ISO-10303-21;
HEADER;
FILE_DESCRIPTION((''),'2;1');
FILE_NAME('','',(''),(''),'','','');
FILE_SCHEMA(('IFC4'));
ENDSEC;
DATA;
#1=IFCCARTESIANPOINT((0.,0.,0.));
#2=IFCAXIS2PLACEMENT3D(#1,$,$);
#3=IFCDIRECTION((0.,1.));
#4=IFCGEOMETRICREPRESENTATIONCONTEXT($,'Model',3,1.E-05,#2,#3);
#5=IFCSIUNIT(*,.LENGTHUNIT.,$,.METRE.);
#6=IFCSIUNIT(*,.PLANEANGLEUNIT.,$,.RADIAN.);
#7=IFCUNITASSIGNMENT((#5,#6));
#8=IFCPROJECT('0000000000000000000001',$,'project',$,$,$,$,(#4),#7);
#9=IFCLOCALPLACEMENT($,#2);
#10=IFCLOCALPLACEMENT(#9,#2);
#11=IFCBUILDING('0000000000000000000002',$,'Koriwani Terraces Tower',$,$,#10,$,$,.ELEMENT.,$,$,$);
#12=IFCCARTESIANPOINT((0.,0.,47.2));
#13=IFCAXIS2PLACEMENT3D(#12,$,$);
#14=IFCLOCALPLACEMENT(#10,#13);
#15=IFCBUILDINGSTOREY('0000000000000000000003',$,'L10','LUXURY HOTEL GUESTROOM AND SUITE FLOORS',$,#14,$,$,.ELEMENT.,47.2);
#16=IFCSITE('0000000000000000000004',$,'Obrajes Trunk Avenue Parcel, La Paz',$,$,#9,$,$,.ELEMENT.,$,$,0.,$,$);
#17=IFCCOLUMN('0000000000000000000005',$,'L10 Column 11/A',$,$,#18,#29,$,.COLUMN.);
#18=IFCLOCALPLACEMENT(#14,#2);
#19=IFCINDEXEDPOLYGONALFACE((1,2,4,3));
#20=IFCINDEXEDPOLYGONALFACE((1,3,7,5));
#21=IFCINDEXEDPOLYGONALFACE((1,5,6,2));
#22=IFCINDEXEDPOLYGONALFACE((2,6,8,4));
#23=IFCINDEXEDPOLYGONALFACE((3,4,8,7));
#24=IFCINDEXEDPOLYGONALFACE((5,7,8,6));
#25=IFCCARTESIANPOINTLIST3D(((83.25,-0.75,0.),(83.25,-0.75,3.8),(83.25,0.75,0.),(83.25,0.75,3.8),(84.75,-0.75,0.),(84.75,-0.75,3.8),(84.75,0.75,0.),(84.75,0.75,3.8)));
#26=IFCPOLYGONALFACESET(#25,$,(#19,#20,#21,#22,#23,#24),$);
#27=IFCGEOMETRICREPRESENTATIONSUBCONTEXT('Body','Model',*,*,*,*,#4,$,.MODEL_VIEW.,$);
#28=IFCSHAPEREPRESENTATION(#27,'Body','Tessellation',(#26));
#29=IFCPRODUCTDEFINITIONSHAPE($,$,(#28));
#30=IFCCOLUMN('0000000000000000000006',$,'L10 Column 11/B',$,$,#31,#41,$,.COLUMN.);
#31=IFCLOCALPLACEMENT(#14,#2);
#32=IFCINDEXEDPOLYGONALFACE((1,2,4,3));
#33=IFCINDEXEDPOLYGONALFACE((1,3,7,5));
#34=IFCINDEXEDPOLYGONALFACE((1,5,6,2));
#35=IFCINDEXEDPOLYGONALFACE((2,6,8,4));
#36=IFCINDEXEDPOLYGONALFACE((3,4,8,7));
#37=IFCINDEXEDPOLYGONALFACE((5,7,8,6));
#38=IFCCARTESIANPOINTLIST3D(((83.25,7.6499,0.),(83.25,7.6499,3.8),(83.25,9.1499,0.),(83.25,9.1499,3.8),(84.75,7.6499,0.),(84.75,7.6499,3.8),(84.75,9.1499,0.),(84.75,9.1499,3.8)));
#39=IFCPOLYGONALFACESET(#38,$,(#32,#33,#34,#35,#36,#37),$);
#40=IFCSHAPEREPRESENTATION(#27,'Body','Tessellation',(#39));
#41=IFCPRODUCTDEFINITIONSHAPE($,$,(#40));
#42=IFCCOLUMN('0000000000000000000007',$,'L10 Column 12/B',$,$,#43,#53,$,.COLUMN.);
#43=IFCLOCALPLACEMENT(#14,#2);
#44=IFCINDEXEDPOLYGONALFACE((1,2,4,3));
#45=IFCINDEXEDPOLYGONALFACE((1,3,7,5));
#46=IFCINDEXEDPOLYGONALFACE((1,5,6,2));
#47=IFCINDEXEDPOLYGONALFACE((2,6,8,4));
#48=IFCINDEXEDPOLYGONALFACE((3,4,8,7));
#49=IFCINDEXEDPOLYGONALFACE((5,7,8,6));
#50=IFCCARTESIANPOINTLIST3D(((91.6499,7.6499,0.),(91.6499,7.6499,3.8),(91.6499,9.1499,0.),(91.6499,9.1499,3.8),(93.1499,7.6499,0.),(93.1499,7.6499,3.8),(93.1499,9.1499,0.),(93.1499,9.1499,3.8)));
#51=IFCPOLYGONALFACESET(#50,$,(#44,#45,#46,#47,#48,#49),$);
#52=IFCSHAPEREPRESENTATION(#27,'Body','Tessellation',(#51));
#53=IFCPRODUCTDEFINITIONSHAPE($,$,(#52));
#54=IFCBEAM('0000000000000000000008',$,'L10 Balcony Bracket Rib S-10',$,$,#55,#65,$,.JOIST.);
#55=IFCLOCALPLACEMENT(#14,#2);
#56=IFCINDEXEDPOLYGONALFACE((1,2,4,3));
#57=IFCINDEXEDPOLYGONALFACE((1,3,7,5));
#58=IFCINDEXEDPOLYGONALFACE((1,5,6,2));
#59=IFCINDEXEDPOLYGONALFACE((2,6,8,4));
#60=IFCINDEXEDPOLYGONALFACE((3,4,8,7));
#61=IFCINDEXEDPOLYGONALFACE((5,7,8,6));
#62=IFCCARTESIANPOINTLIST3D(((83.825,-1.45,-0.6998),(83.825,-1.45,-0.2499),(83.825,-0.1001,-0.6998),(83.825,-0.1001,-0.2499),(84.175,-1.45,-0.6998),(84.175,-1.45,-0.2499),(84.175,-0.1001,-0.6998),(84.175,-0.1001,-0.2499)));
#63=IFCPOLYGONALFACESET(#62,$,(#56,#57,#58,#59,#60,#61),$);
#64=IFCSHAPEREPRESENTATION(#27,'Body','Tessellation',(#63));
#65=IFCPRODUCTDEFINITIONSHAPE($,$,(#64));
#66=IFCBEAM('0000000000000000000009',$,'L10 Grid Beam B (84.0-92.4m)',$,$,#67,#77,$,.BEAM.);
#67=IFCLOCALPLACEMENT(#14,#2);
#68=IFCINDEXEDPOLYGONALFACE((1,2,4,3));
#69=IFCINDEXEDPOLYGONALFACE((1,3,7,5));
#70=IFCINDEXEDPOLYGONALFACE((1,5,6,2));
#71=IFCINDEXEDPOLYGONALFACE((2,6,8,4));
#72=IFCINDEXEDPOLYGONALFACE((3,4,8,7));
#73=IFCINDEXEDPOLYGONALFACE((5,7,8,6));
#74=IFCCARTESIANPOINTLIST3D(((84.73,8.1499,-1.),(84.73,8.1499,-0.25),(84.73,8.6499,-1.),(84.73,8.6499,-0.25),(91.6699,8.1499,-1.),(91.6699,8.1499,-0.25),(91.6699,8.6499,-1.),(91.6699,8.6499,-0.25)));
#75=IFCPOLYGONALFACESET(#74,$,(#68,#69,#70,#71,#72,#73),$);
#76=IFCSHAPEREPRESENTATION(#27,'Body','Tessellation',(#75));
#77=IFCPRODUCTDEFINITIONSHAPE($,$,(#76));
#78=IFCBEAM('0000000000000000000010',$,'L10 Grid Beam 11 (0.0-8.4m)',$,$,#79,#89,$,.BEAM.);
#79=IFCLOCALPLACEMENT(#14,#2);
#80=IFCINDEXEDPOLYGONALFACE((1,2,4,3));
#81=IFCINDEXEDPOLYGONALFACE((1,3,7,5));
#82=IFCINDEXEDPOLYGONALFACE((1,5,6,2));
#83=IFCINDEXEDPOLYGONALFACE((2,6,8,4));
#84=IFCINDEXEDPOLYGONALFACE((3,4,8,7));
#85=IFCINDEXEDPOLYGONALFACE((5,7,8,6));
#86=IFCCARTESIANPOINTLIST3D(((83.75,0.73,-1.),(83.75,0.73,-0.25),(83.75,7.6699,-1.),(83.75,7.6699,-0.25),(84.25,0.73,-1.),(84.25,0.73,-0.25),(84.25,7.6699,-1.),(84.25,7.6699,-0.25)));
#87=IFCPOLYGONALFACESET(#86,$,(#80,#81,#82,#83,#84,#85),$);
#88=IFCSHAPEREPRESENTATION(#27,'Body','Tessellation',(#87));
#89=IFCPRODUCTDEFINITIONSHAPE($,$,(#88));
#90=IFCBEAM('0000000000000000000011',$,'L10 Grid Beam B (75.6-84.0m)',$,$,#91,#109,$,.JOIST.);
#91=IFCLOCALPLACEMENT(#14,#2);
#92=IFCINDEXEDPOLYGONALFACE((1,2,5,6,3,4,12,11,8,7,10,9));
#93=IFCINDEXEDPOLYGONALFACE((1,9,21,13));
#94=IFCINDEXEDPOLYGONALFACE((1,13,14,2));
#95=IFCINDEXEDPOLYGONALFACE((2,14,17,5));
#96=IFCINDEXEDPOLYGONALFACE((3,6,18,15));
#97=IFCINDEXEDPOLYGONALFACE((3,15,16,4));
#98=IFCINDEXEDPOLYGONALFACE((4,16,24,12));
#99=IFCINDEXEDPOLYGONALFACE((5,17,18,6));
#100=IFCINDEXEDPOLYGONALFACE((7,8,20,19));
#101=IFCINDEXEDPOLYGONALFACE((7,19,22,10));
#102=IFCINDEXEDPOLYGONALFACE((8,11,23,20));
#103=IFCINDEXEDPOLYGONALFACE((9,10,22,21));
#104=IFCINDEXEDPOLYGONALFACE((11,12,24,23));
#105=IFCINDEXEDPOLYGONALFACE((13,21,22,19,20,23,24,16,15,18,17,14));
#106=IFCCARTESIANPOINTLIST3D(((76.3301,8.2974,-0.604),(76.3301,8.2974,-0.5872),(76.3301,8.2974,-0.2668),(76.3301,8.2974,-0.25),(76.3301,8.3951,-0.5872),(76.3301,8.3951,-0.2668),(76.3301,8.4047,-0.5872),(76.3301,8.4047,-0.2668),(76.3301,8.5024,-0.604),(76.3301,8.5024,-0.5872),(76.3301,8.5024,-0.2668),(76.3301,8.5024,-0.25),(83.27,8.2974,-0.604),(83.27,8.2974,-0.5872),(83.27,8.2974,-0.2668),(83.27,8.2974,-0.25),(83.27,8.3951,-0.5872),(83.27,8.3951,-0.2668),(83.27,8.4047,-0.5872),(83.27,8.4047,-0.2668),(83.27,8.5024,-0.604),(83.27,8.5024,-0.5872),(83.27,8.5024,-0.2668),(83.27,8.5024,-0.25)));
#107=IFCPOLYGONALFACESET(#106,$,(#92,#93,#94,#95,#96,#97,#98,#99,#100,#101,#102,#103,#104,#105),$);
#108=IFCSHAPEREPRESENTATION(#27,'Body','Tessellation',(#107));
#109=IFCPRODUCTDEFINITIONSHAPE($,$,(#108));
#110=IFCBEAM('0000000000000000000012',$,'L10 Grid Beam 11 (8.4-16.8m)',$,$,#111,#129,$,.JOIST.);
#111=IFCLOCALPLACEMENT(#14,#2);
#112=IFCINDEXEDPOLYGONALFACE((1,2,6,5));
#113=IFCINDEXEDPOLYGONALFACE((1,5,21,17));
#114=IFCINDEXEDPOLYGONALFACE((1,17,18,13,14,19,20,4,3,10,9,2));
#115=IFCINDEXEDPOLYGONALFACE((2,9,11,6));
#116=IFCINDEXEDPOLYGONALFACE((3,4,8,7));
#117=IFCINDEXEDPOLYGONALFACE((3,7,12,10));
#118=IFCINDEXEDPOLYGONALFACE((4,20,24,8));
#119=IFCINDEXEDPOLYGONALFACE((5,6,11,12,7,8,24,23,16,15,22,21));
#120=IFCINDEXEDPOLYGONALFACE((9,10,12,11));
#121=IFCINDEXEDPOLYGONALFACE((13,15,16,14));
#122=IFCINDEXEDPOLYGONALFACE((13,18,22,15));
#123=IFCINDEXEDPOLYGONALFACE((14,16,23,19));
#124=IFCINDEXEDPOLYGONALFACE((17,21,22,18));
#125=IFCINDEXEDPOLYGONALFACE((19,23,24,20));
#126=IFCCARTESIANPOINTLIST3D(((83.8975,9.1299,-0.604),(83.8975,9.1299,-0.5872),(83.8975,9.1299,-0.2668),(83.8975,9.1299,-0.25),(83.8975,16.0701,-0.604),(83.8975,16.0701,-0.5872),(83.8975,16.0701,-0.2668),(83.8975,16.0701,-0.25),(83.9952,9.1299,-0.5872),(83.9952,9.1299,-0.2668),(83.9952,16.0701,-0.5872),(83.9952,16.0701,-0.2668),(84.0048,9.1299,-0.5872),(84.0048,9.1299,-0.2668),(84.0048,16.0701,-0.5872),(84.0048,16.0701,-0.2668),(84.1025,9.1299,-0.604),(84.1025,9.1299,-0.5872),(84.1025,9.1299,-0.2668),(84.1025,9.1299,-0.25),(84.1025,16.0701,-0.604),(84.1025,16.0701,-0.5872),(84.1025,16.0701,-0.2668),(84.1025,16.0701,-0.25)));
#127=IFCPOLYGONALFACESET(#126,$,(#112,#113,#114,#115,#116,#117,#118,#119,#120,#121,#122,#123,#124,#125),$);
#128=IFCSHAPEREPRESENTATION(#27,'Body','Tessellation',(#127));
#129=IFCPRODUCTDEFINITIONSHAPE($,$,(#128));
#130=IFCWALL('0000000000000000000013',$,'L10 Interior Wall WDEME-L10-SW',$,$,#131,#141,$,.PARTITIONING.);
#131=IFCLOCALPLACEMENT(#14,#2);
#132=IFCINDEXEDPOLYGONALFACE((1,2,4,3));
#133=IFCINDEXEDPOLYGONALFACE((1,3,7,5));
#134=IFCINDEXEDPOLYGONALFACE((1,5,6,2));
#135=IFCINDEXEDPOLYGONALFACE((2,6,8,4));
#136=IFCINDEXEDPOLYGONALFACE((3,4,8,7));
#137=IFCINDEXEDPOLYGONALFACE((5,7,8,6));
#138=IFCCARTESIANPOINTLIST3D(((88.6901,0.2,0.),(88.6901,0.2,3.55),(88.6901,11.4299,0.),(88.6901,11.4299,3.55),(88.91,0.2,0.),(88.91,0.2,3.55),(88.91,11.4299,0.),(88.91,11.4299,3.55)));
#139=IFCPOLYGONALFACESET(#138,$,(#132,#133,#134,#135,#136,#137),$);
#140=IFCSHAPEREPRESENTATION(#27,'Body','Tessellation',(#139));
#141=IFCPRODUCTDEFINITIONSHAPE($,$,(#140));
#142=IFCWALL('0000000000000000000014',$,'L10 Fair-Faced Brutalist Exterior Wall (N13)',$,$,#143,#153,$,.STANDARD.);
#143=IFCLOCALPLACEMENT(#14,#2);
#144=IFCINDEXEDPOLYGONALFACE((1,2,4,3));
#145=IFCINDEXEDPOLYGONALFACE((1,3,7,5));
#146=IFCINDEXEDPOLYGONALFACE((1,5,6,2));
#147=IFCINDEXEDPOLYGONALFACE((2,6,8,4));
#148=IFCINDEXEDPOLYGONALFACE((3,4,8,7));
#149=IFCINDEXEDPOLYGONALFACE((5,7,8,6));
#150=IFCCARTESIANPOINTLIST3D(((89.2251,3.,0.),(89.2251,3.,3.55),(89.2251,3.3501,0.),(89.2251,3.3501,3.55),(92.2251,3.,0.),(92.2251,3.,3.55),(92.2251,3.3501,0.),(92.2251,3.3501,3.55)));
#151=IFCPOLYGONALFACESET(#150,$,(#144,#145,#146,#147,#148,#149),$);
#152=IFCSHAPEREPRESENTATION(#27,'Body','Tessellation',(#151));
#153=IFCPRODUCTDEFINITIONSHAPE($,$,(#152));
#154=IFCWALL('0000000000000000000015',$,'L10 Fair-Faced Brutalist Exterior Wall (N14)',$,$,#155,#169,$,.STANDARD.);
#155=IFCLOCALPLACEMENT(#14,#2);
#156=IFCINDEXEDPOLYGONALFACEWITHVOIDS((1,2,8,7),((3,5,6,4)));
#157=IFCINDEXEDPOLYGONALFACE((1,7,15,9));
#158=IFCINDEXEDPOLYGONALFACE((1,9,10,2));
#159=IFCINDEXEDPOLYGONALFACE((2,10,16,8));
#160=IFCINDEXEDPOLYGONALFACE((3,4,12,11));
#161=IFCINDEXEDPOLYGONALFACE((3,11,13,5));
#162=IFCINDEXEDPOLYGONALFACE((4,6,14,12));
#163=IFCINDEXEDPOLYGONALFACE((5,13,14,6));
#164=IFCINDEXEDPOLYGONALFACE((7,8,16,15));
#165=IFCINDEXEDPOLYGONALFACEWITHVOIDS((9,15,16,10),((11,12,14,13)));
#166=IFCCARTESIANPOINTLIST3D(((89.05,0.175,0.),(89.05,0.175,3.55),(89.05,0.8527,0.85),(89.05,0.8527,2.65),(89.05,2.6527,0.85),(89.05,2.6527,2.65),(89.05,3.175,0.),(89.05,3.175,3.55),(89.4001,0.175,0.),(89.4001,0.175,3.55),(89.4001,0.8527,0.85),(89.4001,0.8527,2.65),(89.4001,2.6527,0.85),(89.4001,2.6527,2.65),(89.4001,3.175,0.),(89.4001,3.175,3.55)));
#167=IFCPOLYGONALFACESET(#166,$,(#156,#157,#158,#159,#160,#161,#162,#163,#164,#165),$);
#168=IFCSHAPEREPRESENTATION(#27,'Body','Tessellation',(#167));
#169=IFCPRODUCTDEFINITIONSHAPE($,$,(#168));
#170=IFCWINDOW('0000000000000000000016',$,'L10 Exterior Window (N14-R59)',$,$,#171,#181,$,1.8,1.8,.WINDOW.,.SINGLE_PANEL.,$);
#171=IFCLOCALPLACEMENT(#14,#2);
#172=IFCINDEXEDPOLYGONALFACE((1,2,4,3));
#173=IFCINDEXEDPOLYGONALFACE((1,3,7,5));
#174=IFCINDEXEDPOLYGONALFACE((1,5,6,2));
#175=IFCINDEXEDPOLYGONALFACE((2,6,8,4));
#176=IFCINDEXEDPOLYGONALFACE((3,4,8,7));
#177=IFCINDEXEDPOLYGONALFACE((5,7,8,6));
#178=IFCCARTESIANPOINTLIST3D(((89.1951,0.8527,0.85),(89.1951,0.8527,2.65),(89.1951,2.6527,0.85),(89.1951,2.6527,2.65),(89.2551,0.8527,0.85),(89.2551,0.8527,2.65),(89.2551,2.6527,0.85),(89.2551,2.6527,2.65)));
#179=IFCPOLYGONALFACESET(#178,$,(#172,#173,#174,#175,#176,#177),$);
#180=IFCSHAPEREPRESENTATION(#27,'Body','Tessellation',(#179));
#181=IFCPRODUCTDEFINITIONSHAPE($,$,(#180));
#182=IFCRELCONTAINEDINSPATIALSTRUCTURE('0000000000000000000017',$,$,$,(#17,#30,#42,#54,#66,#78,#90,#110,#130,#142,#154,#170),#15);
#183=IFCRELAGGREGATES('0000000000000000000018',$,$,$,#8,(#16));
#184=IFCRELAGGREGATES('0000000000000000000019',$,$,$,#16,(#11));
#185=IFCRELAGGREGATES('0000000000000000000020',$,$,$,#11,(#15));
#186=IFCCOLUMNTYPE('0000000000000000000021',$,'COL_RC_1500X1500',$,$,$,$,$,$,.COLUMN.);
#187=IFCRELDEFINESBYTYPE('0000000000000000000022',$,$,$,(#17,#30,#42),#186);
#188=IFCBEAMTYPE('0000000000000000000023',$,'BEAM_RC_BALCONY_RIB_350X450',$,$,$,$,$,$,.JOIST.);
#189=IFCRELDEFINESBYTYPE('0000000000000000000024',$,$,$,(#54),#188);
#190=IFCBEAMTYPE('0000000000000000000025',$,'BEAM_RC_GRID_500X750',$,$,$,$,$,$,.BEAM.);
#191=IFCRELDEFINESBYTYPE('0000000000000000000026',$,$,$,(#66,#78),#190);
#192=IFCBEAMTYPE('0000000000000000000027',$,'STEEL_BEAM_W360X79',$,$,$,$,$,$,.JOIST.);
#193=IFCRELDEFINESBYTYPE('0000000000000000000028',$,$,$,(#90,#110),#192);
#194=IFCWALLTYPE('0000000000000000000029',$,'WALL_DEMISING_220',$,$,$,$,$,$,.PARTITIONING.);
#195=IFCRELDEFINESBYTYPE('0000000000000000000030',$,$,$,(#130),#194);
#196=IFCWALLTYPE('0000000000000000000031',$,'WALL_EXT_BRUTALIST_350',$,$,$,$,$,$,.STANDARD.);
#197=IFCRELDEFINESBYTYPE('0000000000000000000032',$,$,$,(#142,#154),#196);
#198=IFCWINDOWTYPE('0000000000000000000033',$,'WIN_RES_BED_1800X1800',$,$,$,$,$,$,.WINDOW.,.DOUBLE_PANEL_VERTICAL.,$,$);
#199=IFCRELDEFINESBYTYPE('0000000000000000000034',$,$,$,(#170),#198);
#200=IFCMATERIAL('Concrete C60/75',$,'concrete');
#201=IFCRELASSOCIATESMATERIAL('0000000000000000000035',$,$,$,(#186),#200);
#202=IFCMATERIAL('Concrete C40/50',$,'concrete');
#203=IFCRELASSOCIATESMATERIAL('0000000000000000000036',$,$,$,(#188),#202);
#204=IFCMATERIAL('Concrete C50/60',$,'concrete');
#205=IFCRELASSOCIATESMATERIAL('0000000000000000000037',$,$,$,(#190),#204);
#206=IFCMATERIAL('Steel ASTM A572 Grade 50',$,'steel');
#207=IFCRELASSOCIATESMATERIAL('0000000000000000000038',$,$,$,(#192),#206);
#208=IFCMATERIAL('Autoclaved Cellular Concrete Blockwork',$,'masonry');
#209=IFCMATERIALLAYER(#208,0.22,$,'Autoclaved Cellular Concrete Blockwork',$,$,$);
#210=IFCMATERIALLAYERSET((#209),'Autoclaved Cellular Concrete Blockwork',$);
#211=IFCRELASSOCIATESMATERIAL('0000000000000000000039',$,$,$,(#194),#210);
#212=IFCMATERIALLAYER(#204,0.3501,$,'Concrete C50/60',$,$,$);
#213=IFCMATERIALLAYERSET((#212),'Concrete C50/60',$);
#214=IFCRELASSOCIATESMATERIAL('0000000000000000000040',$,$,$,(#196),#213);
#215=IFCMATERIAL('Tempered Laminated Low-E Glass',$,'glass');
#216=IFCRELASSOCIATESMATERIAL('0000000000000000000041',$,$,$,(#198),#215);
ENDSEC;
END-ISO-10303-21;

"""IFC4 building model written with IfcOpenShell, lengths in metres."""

from ifc_helpers import new_model, si_unit, direction, frame, frame_2d, origin, origin_2d, place, context, subcontext, project, spatial, rectangle, i_section, extrude, material, layer, layer_set, material_profile, profile_set, type_object, element, fill, save


model = new_model("IFC4")

# Units and contexts
model_context = context("Model", 3, precision=1e-05, world=origin(), true_north=direction((0.0, 1.0)))
body_context = subcontext(model_context, "Body", "Model", "MODEL_VIEW")
ifc_project = project(units=[si_unit("LENGTHUNIT", "METRE"), si_unit("PLANEANGLEUNIT", "RADIAN")], contexts=[model_context])

# Site, building, storey
site_placement = place(None, origin())
site = spatial("IfcSite", under=ifc_project, at=site_placement, Name="Obrajes Trunk Avenue Parcel, La Paz", CompositionType="ELEMENT", RefElevation=0.0)
building_placement = place(site_placement, origin())
building = spatial("IfcBuilding", under=site, at=building_placement, Name="Koriwani Terraces Tower", CompositionType="ELEMENT")
storey_placement = place(building_placement, frame((0.0, 0.0, 47.2)))
storey = spatial("IfcBuildingStorey", under=building, at=storey_placement, Name="L10", Description="LUXURY HOTEL GUESTROOM AND SUITE FLOORS", CompositionType="ELEMENT", Elevation=47.2)

# Columns
ifc_material_1 = material(Name="Concrete C60/75", Category="concrete")
ifc_material_profile_1 = material_profile(ifc_material_1, rectangle(XDim=1.5, YDim=1.5, at=origin_2d()), Name="Concrete C60/75", Category="LoadBearing")
ifc_profile_set_1 = profile_set([ifc_material_profile_1], Name="Concrete C60/75")
column_type = type_object("IfcColumnType", Name="COL_RC_1500X1500", PredefinedType="COLUMN", material=ifc_profile_set_1)
for number, where, z_axis, x_axis, name in (
    (1, (84.0, 0.0, 0.0), (0.0, 0.0, 1.0), (1.0, 0.0, 0.0), "L10 Column 11/A"),
    (2, (84.0, 8.3999, 0.0), (0.0, 0.0, 1.0), (1.0, 0.0, 0.0), "L10 Column 11/B"),
    (3, (92.3999, 8.3999, 0.0), (0.0, 0.0, 1.0), (1.0, 0.0, 0.0), "L10 Column 12/B"),
):
    element("IfcColumn", number, at=place(storey_placement, frame(where, z_axis=z_axis, x_axis=x_axis)), inside=storey, type_object=column_type, Name=name, PredefinedType="COLUMN", context=body_context, shape_type="SweptSolid", body=[
        extrude(rectangle(XDim=1.5, YDim=1.5, at=origin_2d()), origin(), (0.0, 0.0, 1.0), 3.8),
    ])

# Beams
ifc_material_2 = material(Name="Concrete C40/50", Category="concrete")
ifc_material_profile_2 = material_profile(ifc_material_2, rectangle(XDim=0.3501, YDim=0.45, at=origin_2d()), Name="Concrete C40/50", Category="LoadBearing")
ifc_profile_set_2 = profile_set([ifc_material_profile_2], Name="Concrete C40/50")
beam_type_1 = type_object("IfcBeamType", Name="BEAM_RC_BALCONY_RIB_350X450", PredefinedType="JOIST", material=ifc_profile_set_2)
beam_1_placement = place(storey_placement, frame((84.0, -1.45, -0.4749), z_axis=(0.0, 1.0, 0.0), x_axis=(-1.0, 0.0, 0.0)))
element("IfcBeam", 4, at=beam_1_placement, inside=storey, type_object=beam_type_1, Name="L10 Balcony Bracket Rib S-10", PredefinedType="JOIST", context=body_context, shape_type="SweptSolid", body=[
    extrude(rectangle(XDim=0.3501, YDim=0.45, at=origin_2d()), origin(), (0.0, 0.0, 1.0), 1.3499),
])
ifc_material_3 = material(Name="Concrete C50/60", Category="concrete")
ifc_material_profile_3 = material_profile(ifc_material_3, rectangle(XDim=0.5, YDim=0.75, at=origin_2d()), Name="Concrete C50/60", Category="LoadBearing")
ifc_profile_set_3 = profile_set([ifc_material_profile_3], Name="Concrete C50/60")
beam_type_2 = type_object("IfcBeamType", Name="BEAM_RC_GRID_500X750", PredefinedType="BEAM", material=ifc_profile_set_3)
for number, where, z_axis, x_axis, name in (
    (5, (84.73, 8.3999, -0.625), (1.0, 0.0, 0.0), (0.0, 1.0, 0.0), "L10 Grid Beam B (84.0-92.4m)"),
    (6, (84.0, 0.73, -0.625), (0.0, 1.0, 0.0), (-1.0, 0.0, 0.0), "L10 Grid Beam 11 (0.0-8.4m)"),
):
    element("IfcBeam", number, at=place(storey_placement, frame(where, z_axis=z_axis, x_axis=x_axis)), inside=storey, type_object=beam_type_2, Name=name, PredefinedType="BEAM", context=body_context, shape_type="SweptSolid", body=[
        extrude(rectangle(XDim=0.5, YDim=0.75, at=origin_2d()), origin(), (0.0, 0.0, 1.0), 6.9399),
    ])
ifc_material_4 = material(Name="Steel ASTM A572 Grade 50", Category="steel")
ifc_material_profile_4 = material_profile(ifc_material_4, i_section(OverallWidth=0.2051, OverallDepth=0.354, WebThickness=0.0095, FlangeThickness=0.0168, at=origin_2d()), Name="Steel ASTM A572 Grade 50", Category="LoadBearing")
ifc_profile_set_4 = profile_set([ifc_material_profile_4], Name="Steel ASTM A572 Grade 50")
beam_type_3 = type_object("IfcBeamType", Name="STEEL_BEAM_W360X79", PredefinedType="JOIST", material=ifc_profile_set_4)
beam_2_placement = place(storey_placement, frame((76.3301, 8.3999, -0.427), z_axis=(1.0, 0.0, 0.0), x_axis=(0.0, 1.0, 0.0)))
element("IfcBeam", 7, at=beam_2_placement, inside=storey, type_object=beam_type_3, Name="L10 Grid Beam B (75.6-84.0m)", PredefinedType="JOIST", context=body_context, shape_type="SweptSolid", body=[
    extrude(i_section(OverallWidth=0.2051, OverallDepth=0.354, WebThickness=0.0095, FlangeThickness=0.0168, at=origin_2d()), origin(), (0.0, 0.0, 1.0), 6.9399),
])
beam_3_placement = place(storey_placement, frame((84.0, 9.1299, -0.427), z_axis=(0.0, 1.0, 0.0), x_axis=(-1.0, 0.0, 0.0)))
element("IfcBeam", 8, at=beam_3_placement, inside=storey, type_object=beam_type_3, Name="L10 Grid Beam 11 (8.4-16.8m)", PredefinedType="JOIST", context=body_context, shape_type="SweptSolid", body=[
    extrude(i_section(OverallWidth=0.2051, OverallDepth=0.354, WebThickness=0.0095, FlangeThickness=0.0168, at=origin_2d()), origin(), (0.0, 0.0, 1.0), 6.9402),
])

# Walls
ifc_material_5 = material(Name="Autoclaved Cellular Concrete Blockwork", Category="masonry")
ifc_layer_1 = layer(ifc_material_5, 0.22, Name="Autoclaved Cellular Concrete Blockwork")
ifc_layer_set_1 = layer_set([ifc_layer_1], Name="Autoclaved Cellular Concrete Blockwork")
wall_type_1 = type_object("IfcWallType", Name="WALL_DEMISING_220", PredefinedType="PARTITIONING", material=ifc_layer_set_1)
wall_1_placement = place(storey_placement, frame((88.8, 0.2, 0.0), z_axis=(0.0, 0.0, 1.0), x_axis=(0.0, 1.0, 0.0)))
element("IfcWall", 9, at=wall_1_placement, inside=storey, type_object=wall_type_1, Name="L10 Interior Wall WDEME-L10-SW", PredefinedType="PARTITIONING", context=body_context, shape_type="SweptSolid", body=[
    extrude(rectangle(XDim=11.23, YDim=0.22, at=frame_2d((5.615, 0.0))), origin(), (0.0, 0.0, 1.0), 3.55),
])
ifc_layer_2 = layer(ifc_material_3, 0.3501, Name="Concrete C50/60")
ifc_layer_set_2 = layer_set([ifc_layer_2], Name="Concrete C50/60")
wall_type_2 = type_object("IfcWallType", Name="WALL_EXT_BRUTALIST_350", PredefinedType="STANDARD", material=ifc_layer_set_2)
wall_2_placement = place(storey_placement, frame((92.2251, 3.175, 0.0), z_axis=(0.0, 0.0, 1.0), x_axis=(-1.0, 0.0, 0.0)))
element("IfcWall", 10, at=wall_2_placement, inside=storey, type_object=wall_type_2, Name="L10 Fair-Faced Brutalist Exterior Wall (N13)", PredefinedType="STANDARD", context=body_context, shape_type="SweptSolid", body=[
    extrude(rectangle(XDim=3.0, YDim=0.3501, at=frame_2d((1.5, 0.0))), origin(), (0.0, 0.0, 1.0), 3.55),
])

# Wall, opening, window
wall_3_placement = place(storey_placement, frame((89.2251, 3.175, 0.0), z_axis=(0.0, 0.0, 1.0), x_axis=(0.0, -1.0, 0.0)))
wall_3 = element("IfcWall", 11, at=wall_3_placement, inside=storey, type_object=wall_type_2, Name="L10 Fair-Faced Brutalist Exterior Wall (N14)", PredefinedType="STANDARD", context=body_context, shape_type="SweptSolid", body=[
    extrude(rectangle(XDim=3.0, YDim=0.3501, at=frame_2d((1.5, 0.0))), origin(), (0.0, 0.0, 1.0), 3.55),
])
opening_1_placement = place(wall_3_placement, frame((0.5225, 0.0, 0.8501)))
opening_1 = element("IfcOpeningElement", 12, at=opening_1_placement, cuts=wall_3, PredefinedType="OPENING", context=body_context, shape_type="SweptSolid", body=[
    extrude(rectangle(XDim=1.8, YDim=1.8, at=frame_2d((0.8999, 0.8999))), frame((0.0, 0.1851, 0.0), z_axis=(0.0, -1.0, 0.0), x_axis=(1.0, 0.0, 0.0)), (0.0, 0.0, 1.0), 0.3701),
])
ifc_material_6 = material(Name="Tempered Laminated Low-E Glass", Category="glass")
window_type_1 = type_object("IfcWindowType", Name="WIN_RES_BED_1800X1800", PartitioningType="DOUBLE_PANEL_VERTICAL", PredefinedType="WINDOW", material=ifc_material_6)
window_1_placement = place(opening_1_placement, origin())
window_1 = element("IfcWindow", 13, at=window_1_placement, inside=storey, type_object=window_type_1, Name="L10 Exterior Window (N14-R59)", OverallHeight=1.8, OverallWidth=1.8, PartitioningType="SINGLE_PANEL", PredefinedType="WINDOW", context=body_context, shape_type="SweptSolid", body=[
    extrude(rectangle(XDim=1.8, YDim=1.8, at=frame_2d((0.8999, 0.8999))), frame((0.0, 0.03, 0.0), z_axis=(0.0, -1.0, 0.0), x_axis=(1.0, 0.0, 0.0)), (0.0, 0.0, 1.0), 0.0601),
])
fill(opening_1, window_1)

save(model, "model.ifc")
